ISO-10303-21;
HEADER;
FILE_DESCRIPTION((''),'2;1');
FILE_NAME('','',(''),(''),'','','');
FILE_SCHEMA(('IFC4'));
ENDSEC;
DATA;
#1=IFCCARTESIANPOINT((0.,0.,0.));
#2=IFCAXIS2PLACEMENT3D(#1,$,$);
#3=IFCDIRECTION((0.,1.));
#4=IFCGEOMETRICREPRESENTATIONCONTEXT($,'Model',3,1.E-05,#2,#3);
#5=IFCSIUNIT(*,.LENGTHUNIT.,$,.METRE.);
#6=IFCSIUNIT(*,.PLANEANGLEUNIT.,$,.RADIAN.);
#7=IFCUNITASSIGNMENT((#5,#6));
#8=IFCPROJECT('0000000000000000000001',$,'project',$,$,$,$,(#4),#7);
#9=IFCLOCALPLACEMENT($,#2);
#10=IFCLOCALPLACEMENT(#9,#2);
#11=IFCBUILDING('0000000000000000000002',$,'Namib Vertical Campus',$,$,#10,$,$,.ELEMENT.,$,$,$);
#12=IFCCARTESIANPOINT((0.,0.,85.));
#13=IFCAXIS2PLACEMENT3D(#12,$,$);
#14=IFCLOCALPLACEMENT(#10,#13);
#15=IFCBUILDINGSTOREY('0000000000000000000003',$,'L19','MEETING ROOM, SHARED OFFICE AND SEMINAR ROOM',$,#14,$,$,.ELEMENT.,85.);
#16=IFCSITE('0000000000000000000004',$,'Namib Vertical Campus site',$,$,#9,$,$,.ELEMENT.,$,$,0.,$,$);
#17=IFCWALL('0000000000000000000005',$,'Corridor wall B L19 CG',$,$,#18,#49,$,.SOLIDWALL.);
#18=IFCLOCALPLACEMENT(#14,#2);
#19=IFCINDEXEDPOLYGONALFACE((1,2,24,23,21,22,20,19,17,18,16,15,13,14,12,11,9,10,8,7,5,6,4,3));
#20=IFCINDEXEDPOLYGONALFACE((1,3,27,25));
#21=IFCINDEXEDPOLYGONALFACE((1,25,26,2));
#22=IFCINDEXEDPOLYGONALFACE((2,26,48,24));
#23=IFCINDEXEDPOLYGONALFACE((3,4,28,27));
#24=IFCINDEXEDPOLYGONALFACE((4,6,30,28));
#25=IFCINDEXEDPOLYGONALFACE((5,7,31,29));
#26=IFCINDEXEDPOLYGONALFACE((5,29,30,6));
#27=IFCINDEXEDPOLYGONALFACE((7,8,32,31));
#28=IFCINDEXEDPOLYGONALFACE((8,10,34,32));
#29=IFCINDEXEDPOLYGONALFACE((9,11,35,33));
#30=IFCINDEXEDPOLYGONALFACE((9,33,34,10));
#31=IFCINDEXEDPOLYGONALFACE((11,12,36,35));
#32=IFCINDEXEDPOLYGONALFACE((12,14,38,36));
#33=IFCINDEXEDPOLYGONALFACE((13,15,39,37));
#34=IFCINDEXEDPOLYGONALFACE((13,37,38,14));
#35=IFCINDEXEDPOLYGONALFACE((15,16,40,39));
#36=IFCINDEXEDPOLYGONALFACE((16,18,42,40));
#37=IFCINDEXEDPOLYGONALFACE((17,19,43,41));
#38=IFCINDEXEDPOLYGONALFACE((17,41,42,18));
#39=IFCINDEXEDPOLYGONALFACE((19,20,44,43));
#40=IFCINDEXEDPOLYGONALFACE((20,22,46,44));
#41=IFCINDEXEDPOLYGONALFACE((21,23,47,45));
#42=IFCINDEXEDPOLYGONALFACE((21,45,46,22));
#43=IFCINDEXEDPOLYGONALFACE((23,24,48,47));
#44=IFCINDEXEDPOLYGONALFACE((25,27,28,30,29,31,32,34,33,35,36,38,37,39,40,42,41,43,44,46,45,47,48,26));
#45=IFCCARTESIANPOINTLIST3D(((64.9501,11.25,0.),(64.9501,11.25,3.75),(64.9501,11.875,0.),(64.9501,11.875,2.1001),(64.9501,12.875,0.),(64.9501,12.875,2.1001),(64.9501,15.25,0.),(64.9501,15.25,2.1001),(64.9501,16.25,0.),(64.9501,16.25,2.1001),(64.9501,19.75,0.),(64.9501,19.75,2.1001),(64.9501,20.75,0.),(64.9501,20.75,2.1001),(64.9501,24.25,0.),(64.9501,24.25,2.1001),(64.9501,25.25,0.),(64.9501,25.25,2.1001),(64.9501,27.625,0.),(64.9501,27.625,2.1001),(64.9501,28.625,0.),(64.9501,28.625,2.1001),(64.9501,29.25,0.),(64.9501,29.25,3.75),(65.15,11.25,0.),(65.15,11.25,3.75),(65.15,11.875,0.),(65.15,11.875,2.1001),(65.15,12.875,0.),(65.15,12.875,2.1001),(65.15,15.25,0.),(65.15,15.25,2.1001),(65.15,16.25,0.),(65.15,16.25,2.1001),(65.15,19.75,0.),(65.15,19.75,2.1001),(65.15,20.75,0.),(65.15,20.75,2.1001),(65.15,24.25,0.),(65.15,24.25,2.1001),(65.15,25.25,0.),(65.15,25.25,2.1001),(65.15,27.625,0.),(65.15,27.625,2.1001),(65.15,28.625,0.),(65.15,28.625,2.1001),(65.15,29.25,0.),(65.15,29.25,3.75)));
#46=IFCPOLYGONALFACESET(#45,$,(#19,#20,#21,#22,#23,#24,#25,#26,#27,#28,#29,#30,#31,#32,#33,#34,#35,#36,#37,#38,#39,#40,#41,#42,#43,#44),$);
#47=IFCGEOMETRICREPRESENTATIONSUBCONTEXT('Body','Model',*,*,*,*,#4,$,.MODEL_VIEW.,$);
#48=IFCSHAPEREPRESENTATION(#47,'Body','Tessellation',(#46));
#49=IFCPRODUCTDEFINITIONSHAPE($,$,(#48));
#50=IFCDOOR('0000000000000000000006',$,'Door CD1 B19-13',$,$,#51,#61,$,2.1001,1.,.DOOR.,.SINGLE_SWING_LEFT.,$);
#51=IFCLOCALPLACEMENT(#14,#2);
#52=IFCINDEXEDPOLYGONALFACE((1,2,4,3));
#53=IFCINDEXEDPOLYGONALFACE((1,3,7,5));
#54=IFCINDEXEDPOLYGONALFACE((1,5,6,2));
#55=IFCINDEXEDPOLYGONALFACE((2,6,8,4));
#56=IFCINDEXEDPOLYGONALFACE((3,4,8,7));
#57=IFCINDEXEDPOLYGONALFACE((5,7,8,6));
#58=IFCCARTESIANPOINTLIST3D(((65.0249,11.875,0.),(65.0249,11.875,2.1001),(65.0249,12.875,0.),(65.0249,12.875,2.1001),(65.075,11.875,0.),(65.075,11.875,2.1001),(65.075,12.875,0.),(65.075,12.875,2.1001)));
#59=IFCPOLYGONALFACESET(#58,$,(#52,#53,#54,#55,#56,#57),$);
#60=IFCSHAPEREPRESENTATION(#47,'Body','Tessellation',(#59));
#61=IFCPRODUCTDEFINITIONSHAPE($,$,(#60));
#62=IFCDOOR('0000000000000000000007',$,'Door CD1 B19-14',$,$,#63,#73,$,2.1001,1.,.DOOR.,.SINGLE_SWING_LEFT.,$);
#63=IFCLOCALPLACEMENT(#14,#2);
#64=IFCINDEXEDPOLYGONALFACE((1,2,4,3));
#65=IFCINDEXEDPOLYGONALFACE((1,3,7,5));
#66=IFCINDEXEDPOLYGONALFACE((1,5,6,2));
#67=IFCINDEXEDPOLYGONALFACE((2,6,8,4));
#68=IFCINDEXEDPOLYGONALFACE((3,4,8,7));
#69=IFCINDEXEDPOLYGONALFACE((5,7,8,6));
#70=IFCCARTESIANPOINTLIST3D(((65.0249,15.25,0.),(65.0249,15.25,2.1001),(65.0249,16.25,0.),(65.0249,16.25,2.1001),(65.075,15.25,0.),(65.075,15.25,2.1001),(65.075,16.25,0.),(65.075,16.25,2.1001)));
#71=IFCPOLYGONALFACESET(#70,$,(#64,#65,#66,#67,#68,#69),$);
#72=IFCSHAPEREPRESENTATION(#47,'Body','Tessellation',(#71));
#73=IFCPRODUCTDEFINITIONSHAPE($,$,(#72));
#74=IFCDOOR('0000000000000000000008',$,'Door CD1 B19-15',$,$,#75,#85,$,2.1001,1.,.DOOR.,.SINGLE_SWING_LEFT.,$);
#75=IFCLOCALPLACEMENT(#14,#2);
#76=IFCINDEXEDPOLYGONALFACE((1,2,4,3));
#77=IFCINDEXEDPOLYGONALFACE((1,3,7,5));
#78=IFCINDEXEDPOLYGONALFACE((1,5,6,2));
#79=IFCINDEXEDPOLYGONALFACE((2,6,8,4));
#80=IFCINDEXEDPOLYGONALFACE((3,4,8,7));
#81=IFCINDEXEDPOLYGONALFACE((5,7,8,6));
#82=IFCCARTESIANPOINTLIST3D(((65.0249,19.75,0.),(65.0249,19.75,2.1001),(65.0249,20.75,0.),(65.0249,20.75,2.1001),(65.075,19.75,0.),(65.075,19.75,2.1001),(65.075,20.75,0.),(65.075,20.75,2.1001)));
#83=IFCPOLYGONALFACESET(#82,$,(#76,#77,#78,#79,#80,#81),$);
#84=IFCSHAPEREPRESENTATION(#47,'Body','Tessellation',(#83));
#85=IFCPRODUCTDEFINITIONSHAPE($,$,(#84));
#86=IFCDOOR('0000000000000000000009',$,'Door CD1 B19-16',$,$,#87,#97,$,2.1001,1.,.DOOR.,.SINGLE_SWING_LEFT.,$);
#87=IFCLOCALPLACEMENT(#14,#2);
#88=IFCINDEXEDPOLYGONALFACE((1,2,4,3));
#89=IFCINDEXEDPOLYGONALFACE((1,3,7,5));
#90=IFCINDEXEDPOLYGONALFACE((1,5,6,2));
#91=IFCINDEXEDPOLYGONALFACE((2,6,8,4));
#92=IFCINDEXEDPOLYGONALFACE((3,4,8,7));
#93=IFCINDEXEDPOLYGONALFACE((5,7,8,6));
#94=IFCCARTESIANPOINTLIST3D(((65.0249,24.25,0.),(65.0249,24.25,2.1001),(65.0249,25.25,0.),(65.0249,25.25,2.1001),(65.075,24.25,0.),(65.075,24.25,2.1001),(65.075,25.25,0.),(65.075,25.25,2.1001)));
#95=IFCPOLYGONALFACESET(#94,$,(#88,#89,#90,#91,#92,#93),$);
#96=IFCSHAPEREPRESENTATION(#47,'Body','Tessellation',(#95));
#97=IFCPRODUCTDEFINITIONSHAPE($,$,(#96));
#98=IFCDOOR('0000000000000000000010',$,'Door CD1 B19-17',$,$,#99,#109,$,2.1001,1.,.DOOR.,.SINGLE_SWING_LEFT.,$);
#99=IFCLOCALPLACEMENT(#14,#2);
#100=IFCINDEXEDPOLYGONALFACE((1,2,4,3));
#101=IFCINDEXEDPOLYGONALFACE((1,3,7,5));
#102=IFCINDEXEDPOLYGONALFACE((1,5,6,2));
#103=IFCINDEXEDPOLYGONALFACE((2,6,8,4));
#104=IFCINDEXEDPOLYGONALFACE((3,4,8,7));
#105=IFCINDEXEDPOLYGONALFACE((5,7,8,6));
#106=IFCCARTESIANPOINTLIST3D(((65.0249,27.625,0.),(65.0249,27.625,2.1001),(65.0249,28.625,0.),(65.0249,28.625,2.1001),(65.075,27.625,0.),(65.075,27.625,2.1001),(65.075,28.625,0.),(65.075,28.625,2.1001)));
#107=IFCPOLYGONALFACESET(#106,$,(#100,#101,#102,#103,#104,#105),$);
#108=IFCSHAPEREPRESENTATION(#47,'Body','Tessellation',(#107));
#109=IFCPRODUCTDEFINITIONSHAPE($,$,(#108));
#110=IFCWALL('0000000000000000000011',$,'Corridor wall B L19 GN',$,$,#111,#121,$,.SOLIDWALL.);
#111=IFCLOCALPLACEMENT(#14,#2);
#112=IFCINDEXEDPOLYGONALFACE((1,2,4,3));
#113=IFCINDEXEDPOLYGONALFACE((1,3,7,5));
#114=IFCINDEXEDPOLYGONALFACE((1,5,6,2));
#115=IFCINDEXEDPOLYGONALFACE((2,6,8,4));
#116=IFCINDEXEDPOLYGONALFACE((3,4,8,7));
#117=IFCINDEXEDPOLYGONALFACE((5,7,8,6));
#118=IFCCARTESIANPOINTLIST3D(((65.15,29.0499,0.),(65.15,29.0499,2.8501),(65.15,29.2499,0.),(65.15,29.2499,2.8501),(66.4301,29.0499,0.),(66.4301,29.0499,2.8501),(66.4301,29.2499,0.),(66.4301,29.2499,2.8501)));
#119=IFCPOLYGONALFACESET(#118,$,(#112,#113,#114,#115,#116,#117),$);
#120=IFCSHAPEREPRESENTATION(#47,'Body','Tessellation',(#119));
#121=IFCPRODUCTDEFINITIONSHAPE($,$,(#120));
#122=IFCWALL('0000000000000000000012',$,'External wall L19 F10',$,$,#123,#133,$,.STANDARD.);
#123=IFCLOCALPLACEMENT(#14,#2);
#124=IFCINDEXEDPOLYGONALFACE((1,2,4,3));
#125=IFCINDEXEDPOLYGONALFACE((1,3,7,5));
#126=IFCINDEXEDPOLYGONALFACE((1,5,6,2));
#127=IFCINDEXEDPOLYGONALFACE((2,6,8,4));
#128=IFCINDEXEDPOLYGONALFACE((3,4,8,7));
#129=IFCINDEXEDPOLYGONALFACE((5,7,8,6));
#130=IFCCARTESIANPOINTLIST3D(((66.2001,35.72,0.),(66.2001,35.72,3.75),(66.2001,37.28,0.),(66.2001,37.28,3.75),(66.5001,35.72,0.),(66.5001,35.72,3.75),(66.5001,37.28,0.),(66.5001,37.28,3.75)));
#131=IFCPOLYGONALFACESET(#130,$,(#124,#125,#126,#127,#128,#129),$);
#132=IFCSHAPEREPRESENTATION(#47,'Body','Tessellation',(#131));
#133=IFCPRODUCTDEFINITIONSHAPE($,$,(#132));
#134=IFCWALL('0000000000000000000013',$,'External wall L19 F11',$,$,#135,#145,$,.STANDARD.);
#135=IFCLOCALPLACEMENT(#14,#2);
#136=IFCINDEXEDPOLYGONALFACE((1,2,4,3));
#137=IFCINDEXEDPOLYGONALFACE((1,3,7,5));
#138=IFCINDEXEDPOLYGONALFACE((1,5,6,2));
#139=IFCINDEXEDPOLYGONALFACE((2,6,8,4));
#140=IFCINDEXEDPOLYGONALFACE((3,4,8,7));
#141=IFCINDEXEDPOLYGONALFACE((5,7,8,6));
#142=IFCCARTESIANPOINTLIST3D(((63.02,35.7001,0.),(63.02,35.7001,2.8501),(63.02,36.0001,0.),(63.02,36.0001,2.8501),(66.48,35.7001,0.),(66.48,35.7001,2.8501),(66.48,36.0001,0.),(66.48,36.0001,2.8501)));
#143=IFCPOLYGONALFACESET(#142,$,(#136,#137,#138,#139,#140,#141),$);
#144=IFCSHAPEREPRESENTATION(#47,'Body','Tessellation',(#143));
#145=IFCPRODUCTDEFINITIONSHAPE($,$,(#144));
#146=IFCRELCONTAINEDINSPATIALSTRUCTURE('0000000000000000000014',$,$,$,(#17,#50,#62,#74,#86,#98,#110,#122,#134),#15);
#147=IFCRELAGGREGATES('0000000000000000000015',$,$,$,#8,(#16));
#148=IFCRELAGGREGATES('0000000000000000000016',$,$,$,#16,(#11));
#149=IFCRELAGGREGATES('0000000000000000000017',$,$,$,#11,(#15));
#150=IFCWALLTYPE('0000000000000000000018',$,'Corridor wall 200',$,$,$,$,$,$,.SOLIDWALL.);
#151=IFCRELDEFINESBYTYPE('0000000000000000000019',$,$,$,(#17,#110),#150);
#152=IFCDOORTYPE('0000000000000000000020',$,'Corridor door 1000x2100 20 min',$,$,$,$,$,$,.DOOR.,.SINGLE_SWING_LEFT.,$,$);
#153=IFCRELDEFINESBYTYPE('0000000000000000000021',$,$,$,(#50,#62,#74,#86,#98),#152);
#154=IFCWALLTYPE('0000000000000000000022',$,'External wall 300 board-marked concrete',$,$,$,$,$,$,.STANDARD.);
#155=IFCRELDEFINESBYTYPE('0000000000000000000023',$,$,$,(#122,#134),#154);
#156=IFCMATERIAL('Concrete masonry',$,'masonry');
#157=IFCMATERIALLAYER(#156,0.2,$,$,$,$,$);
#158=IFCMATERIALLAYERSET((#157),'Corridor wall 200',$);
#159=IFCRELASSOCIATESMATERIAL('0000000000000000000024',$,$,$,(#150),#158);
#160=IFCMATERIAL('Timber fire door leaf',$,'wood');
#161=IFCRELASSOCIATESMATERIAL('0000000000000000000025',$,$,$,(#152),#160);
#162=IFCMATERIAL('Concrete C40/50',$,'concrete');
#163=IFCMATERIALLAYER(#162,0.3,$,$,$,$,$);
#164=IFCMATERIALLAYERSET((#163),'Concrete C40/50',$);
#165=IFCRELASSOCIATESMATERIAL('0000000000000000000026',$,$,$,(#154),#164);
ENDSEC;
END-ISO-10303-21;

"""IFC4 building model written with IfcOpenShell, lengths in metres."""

from ifc_helpers import new_model, si_unit, direction, frame, frame_2d, origin, place, context, subcontext, project, spatial, rectangle, extrude, material, layer, layer_set, type_object, element, fill, save


model = new_model("IFC4")

# Units and contexts
model_context = context("Model", 3, precision=1e-05, world=origin(), true_north=direction((0.0, 1.0)))
body_context = subcontext(model_context, "Body", "Model", "MODEL_VIEW")
ifc_project = project(units=[si_unit("LENGTHUNIT", "METRE"), si_unit("PLANEANGLEUNIT", "RADIAN")], contexts=[model_context])

# Site, building, storey
site_placement = place(None, origin())
site = spatial("IfcSite", under=ifc_project, at=site_placement, Name="Namib Vertical Campus site", CompositionType="ELEMENT", RefElevation=0.0)
building_placement = place(site_placement, origin())
building = spatial("IfcBuilding", under=site, at=building_placement, Name="Namib Vertical Campus", CompositionType="ELEMENT")
storey_placement = place(building_placement, frame((0.0, 0.0, 85.0)))
storey = spatial("IfcBuildingStorey", under=building, at=storey_placement, Name="L19", Description="MEETING ROOM, SHARED OFFICE AND SEMINAR ROOM", CompositionType="ELEMENT", Elevation=85.0)

# Wall, openings, doors
ifc_material_1 = material(Name="Concrete masonry", Category="masonry")
ifc_layer_1 = layer(ifc_material_1, 0.2)
ifc_layer_set_1 = layer_set([ifc_layer_1], Name="Corridor wall 200")
wall_type_1 = type_object("IfcWallType", Name="Corridor wall 200", PredefinedType="SOLIDWALL", material=ifc_layer_set_1)
wall_1_placement = place(storey_placement, frame((65.05, 29.25, 0.0), z_axis=(0.0, 0.0, 1.0), x_axis=(0.0, -1.0, 0.0)))
wall_1 = element("IfcWall", 1, at=wall_1_placement, inside=storey, type_object=wall_type_1, Name="Corridor wall B L19 CG", PredefinedType="SOLIDWALL", context=body_context, shape_type="SweptSolid", body=[
    extrude(rectangle(XDim=18.0, YDim=0.2, at=frame_2d((9.0, 0.0))), origin(), (0.0, 0.0, 1.0), 3.75),
])
opening_1_placement = place(wall_1_placement, frame((16.375, 0.0, 0.0)))
opening_1 = element("IfcOpeningElement", 2, at=opening_1_placement, cuts=wall_1, PredefinedType="OPENING", context=body_context, shape_type="SweptSolid", body=[
    extrude(rectangle(XDim=1.0, YDim=2.1001, at=frame_2d((0.5, 1.05))), frame((0.0, 0.1099, 0.0), z_axis=(0.0, -1.0, 0.0), x_axis=(1.0, 0.0, 0.0)), (0.0, 0.0, 1.0), 0.22),
])
opening_2_placement = place(wall_1_placement, frame((13.0, 0.0, 0.0)))
opening_2 = element("IfcOpeningElement", 3, at=opening_2_placement, cuts=wall_1, PredefinedType="OPENING", context=body_context, shape_type="SweptSolid", body=[
    extrude(rectangle(XDim=1.0, YDim=2.1001, at=frame_2d((0.5, 1.05))), frame((0.0, 0.1099, 0.0), z_axis=(0.0, -1.0, 0.0), x_axis=(1.0, 0.0, 0.0)), (0.0, 0.0, 1.0), 0.22),
])
opening_3_placement = place(wall_1_placement, frame((8.5, 0.0, 0.0)))
opening_3 = element("IfcOpeningElement", 4, at=opening_3_placement, cuts=wall_1, PredefinedType="OPENING", context=body_context, shape_type="SweptSolid", body=[
    extrude(rectangle(XDim=1.0, YDim=2.1001, at=frame_2d((0.5, 1.05))), frame((0.0, 0.1099, 0.0), z_axis=(0.0, -1.0, 0.0), x_axis=(1.0, 0.0, 0.0)), (0.0, 0.0, 1.0), 0.22),
])
opening_4_placement = place(wall_1_placement, frame((4.0, 0.0, 0.0)))
opening_4 = element("IfcOpeningElement", 5, at=opening_4_placement, cuts=wall_1, PredefinedType="OPENING", context=body_context, shape_type="SweptSolid", body=[
    extrude(rectangle(XDim=1.0, YDim=2.1001, at=frame_2d((0.5, 1.05))), frame((0.0, 0.1099, 0.0), z_axis=(0.0, -1.0, 0.0), x_axis=(1.0, 0.0, 0.0)), (0.0, 0.0, 1.0), 0.22),
])
opening_5_placement = place(wall_1_placement, frame((0.625, 0.0, 0.0)))
opening_5 = element("IfcOpeningElement", 6, at=opening_5_placement, cuts=wall_1, PredefinedType="OPENING", context=body_context, shape_type="SweptSolid", body=[
    extrude(rectangle(XDim=1.0, YDim=2.1001, at=frame_2d((0.5, 1.05))), frame((0.0, 0.1099, 0.0), z_axis=(0.0, -1.0, 0.0), x_axis=(1.0, 0.0, 0.0)), (0.0, 0.0, 1.0), 0.22),
])
ifc_material_2 = material(Name="Timber fire door leaf", Category="wood")
door_type = type_object("IfcDoorType", Name="Corridor door 1000x2100 20 min", OperationType="SINGLE_SWING_LEFT", PredefinedType="DOOR", material=ifc_material_2)
door_1_placement = place(opening_1_placement, origin())
door_1 = element("IfcDoor", 7, at=door_1_placement, inside=storey, type_object=door_type, Name="Door CD1 B19-13", OperationType="SINGLE_SWING_LEFT", OverallHeight=2.1001, OverallWidth=1.0, PredefinedType="DOOR", context=body_context, shape_type="SweptSolid", body=[
    extrude(rectangle(XDim=1.0, YDim=2.1001, at=frame_2d((0.5, 1.05))), frame((0.0, 0.0249, 0.0), z_axis=(0.0, -1.0, 0.0), x_axis=(1.0, 0.0, 0.0)), (0.0, 0.0, 1.0), 0.05),
])
fill(opening_1, door_1)
door_2_placement = place(opening_2_placement, origin())
door_2 = element("IfcDoor", 8, at=door_2_placement, inside=storey, type_object=door_type, Name="Door CD1 B19-14", OperationType="SINGLE_SWING_LEFT", OverallHeight=2.1001, OverallWidth=1.0, PredefinedType="DOOR", context=body_context, shape_type="SweptSolid", body=[
    extrude(rectangle(XDim=1.0, YDim=2.1001, at=frame_2d((0.5, 1.05))), frame((0.0, 0.0249, 0.0), z_axis=(0.0, -1.0, 0.0), x_axis=(1.0, 0.0, 0.0)), (0.0, 0.0, 1.0), 0.05),
])
fill(opening_2, door_2)
door_3_placement = place(opening_3_placement, origin())
door_3 = element("IfcDoor", 9, at=door_3_placement, inside=storey, type_object=door_type, Name="Door CD1 B19-15", OperationType="SINGLE_SWING_LEFT", OverallHeight=2.1001, OverallWidth=1.0, PredefinedType="DOOR", context=body_context, shape_type="SweptSolid", body=[
    extrude(rectangle(XDim=1.0, YDim=2.1001, at=frame_2d((0.5, 1.05))), frame((0.0, 0.0249, 0.0), z_axis=(0.0, -1.0, 0.0), x_axis=(1.0, 0.0, 0.0)), (0.0, 0.0, 1.0), 0.05),
])
fill(opening_3, door_3)
door_4_placement = place(opening_4_placement, origin())
door_4 = element("IfcDoor", 10, at=door_4_placement, inside=storey, type_object=door_type, Name="Door CD1 B19-16", OperationType="SINGLE_SWING_LEFT", OverallHeight=2.1001, OverallWidth=1.0, PredefinedType="DOOR", context=body_context, shape_type="SweptSolid", body=[
    extrude(rectangle(XDim=1.0, YDim=2.1001, at=frame_2d((0.5, 1.05))), frame((0.0, 0.0249, 0.0), z_axis=(0.0, -1.0, 0.0), x_axis=(1.0, 0.0, 0.0)), (0.0, 0.0, 1.0), 0.05),
])
fill(opening_4, door_4)
door_5_placement = place(opening_5_placement, origin())
door_5 = element("IfcDoor", 11, at=door_5_placement, inside=storey, type_object=door_type, Name="Door CD1 B19-17", OperationType="SINGLE_SWING_LEFT", OverallHeight=2.1001, OverallWidth=1.0, PredefinedType="DOOR", context=body_context, shape_type="SweptSolid", body=[
    extrude(rectangle(XDim=1.0, YDim=2.1001, at=frame_2d((0.5, 1.05))), frame((0.0, 0.0249, 0.0), z_axis=(0.0, -1.0, 0.0), x_axis=(1.0, 0.0, 0.0)), (0.0, 0.0, 1.0), 0.05),
])
fill(opening_5, door_5)

# Walls
wall_2_placement = place(storey_placement, frame((65.1499, 29.1499, 0.0), z_axis=(0.0, 0.0, 1.0), x_axis=(1.0, 0.0, 0.0)))
element("IfcWall", 12, at=wall_2_placement, inside=storey, type_object=wall_type_1, Name="Corridor wall B L19 GN", PredefinedType="SOLIDWALL", context=body_context, shape_type="SweptSolid", body=[
    extrude(rectangle(XDim=1.28, YDim=0.2, at=frame_2d((0.6401, 0.0))), origin(), (0.0, 0.0, 1.0), 2.8501),
])
ifc_material_3 = material(Name="Concrete C40/50", Category="concrete")
ifc_layer_2 = layer(ifc_material_3, 0.3)
ifc_layer_set_2 = layer_set([ifc_layer_2], Name="Concrete C40/50")
wall_type_2 = type_object("IfcWallType", Name="External wall 300 board-marked concrete", PredefinedType="STANDARD", material=ifc_layer_set_2)
wall_3_placement = place(storey_placement, frame((66.3501, 37.28, 0.0), z_axis=(0.0, 0.0, 1.0), x_axis=(0.0, -1.0, 0.0)))
element("IfcWall", 13, at=wall_3_placement, inside=storey, type_object=wall_type_2, Name="External wall L19 F10", PredefinedType="STANDARD", context=body_context, shape_type="SweptSolid", body=[
    extrude(rectangle(XDim=1.5601, YDim=0.3, at=frame_2d((0.78, 0.0))), origin(), (0.0, 0.0, 1.0), 3.75),
])
wall_4_placement = place(storey_placement, frame((66.48, 35.8501, 0.0), z_axis=(0.0, 0.0, 1.0), x_axis=(-1.0, 0.0, 0.0)))
element("IfcWall", 14, at=wall_4_placement, inside=storey, type_object=wall_type_2, Name="External wall L19 F11", PredefinedType="STANDARD", context=body_context, shape_type="SweptSolid", body=[
    extrude(rectangle(XDim=3.46, YDim=0.3, at=frame_2d((1.73, 0.0))), origin(), (0.0, 0.0, 1.0), 2.8501),
])

save(model, "model.ifc")
